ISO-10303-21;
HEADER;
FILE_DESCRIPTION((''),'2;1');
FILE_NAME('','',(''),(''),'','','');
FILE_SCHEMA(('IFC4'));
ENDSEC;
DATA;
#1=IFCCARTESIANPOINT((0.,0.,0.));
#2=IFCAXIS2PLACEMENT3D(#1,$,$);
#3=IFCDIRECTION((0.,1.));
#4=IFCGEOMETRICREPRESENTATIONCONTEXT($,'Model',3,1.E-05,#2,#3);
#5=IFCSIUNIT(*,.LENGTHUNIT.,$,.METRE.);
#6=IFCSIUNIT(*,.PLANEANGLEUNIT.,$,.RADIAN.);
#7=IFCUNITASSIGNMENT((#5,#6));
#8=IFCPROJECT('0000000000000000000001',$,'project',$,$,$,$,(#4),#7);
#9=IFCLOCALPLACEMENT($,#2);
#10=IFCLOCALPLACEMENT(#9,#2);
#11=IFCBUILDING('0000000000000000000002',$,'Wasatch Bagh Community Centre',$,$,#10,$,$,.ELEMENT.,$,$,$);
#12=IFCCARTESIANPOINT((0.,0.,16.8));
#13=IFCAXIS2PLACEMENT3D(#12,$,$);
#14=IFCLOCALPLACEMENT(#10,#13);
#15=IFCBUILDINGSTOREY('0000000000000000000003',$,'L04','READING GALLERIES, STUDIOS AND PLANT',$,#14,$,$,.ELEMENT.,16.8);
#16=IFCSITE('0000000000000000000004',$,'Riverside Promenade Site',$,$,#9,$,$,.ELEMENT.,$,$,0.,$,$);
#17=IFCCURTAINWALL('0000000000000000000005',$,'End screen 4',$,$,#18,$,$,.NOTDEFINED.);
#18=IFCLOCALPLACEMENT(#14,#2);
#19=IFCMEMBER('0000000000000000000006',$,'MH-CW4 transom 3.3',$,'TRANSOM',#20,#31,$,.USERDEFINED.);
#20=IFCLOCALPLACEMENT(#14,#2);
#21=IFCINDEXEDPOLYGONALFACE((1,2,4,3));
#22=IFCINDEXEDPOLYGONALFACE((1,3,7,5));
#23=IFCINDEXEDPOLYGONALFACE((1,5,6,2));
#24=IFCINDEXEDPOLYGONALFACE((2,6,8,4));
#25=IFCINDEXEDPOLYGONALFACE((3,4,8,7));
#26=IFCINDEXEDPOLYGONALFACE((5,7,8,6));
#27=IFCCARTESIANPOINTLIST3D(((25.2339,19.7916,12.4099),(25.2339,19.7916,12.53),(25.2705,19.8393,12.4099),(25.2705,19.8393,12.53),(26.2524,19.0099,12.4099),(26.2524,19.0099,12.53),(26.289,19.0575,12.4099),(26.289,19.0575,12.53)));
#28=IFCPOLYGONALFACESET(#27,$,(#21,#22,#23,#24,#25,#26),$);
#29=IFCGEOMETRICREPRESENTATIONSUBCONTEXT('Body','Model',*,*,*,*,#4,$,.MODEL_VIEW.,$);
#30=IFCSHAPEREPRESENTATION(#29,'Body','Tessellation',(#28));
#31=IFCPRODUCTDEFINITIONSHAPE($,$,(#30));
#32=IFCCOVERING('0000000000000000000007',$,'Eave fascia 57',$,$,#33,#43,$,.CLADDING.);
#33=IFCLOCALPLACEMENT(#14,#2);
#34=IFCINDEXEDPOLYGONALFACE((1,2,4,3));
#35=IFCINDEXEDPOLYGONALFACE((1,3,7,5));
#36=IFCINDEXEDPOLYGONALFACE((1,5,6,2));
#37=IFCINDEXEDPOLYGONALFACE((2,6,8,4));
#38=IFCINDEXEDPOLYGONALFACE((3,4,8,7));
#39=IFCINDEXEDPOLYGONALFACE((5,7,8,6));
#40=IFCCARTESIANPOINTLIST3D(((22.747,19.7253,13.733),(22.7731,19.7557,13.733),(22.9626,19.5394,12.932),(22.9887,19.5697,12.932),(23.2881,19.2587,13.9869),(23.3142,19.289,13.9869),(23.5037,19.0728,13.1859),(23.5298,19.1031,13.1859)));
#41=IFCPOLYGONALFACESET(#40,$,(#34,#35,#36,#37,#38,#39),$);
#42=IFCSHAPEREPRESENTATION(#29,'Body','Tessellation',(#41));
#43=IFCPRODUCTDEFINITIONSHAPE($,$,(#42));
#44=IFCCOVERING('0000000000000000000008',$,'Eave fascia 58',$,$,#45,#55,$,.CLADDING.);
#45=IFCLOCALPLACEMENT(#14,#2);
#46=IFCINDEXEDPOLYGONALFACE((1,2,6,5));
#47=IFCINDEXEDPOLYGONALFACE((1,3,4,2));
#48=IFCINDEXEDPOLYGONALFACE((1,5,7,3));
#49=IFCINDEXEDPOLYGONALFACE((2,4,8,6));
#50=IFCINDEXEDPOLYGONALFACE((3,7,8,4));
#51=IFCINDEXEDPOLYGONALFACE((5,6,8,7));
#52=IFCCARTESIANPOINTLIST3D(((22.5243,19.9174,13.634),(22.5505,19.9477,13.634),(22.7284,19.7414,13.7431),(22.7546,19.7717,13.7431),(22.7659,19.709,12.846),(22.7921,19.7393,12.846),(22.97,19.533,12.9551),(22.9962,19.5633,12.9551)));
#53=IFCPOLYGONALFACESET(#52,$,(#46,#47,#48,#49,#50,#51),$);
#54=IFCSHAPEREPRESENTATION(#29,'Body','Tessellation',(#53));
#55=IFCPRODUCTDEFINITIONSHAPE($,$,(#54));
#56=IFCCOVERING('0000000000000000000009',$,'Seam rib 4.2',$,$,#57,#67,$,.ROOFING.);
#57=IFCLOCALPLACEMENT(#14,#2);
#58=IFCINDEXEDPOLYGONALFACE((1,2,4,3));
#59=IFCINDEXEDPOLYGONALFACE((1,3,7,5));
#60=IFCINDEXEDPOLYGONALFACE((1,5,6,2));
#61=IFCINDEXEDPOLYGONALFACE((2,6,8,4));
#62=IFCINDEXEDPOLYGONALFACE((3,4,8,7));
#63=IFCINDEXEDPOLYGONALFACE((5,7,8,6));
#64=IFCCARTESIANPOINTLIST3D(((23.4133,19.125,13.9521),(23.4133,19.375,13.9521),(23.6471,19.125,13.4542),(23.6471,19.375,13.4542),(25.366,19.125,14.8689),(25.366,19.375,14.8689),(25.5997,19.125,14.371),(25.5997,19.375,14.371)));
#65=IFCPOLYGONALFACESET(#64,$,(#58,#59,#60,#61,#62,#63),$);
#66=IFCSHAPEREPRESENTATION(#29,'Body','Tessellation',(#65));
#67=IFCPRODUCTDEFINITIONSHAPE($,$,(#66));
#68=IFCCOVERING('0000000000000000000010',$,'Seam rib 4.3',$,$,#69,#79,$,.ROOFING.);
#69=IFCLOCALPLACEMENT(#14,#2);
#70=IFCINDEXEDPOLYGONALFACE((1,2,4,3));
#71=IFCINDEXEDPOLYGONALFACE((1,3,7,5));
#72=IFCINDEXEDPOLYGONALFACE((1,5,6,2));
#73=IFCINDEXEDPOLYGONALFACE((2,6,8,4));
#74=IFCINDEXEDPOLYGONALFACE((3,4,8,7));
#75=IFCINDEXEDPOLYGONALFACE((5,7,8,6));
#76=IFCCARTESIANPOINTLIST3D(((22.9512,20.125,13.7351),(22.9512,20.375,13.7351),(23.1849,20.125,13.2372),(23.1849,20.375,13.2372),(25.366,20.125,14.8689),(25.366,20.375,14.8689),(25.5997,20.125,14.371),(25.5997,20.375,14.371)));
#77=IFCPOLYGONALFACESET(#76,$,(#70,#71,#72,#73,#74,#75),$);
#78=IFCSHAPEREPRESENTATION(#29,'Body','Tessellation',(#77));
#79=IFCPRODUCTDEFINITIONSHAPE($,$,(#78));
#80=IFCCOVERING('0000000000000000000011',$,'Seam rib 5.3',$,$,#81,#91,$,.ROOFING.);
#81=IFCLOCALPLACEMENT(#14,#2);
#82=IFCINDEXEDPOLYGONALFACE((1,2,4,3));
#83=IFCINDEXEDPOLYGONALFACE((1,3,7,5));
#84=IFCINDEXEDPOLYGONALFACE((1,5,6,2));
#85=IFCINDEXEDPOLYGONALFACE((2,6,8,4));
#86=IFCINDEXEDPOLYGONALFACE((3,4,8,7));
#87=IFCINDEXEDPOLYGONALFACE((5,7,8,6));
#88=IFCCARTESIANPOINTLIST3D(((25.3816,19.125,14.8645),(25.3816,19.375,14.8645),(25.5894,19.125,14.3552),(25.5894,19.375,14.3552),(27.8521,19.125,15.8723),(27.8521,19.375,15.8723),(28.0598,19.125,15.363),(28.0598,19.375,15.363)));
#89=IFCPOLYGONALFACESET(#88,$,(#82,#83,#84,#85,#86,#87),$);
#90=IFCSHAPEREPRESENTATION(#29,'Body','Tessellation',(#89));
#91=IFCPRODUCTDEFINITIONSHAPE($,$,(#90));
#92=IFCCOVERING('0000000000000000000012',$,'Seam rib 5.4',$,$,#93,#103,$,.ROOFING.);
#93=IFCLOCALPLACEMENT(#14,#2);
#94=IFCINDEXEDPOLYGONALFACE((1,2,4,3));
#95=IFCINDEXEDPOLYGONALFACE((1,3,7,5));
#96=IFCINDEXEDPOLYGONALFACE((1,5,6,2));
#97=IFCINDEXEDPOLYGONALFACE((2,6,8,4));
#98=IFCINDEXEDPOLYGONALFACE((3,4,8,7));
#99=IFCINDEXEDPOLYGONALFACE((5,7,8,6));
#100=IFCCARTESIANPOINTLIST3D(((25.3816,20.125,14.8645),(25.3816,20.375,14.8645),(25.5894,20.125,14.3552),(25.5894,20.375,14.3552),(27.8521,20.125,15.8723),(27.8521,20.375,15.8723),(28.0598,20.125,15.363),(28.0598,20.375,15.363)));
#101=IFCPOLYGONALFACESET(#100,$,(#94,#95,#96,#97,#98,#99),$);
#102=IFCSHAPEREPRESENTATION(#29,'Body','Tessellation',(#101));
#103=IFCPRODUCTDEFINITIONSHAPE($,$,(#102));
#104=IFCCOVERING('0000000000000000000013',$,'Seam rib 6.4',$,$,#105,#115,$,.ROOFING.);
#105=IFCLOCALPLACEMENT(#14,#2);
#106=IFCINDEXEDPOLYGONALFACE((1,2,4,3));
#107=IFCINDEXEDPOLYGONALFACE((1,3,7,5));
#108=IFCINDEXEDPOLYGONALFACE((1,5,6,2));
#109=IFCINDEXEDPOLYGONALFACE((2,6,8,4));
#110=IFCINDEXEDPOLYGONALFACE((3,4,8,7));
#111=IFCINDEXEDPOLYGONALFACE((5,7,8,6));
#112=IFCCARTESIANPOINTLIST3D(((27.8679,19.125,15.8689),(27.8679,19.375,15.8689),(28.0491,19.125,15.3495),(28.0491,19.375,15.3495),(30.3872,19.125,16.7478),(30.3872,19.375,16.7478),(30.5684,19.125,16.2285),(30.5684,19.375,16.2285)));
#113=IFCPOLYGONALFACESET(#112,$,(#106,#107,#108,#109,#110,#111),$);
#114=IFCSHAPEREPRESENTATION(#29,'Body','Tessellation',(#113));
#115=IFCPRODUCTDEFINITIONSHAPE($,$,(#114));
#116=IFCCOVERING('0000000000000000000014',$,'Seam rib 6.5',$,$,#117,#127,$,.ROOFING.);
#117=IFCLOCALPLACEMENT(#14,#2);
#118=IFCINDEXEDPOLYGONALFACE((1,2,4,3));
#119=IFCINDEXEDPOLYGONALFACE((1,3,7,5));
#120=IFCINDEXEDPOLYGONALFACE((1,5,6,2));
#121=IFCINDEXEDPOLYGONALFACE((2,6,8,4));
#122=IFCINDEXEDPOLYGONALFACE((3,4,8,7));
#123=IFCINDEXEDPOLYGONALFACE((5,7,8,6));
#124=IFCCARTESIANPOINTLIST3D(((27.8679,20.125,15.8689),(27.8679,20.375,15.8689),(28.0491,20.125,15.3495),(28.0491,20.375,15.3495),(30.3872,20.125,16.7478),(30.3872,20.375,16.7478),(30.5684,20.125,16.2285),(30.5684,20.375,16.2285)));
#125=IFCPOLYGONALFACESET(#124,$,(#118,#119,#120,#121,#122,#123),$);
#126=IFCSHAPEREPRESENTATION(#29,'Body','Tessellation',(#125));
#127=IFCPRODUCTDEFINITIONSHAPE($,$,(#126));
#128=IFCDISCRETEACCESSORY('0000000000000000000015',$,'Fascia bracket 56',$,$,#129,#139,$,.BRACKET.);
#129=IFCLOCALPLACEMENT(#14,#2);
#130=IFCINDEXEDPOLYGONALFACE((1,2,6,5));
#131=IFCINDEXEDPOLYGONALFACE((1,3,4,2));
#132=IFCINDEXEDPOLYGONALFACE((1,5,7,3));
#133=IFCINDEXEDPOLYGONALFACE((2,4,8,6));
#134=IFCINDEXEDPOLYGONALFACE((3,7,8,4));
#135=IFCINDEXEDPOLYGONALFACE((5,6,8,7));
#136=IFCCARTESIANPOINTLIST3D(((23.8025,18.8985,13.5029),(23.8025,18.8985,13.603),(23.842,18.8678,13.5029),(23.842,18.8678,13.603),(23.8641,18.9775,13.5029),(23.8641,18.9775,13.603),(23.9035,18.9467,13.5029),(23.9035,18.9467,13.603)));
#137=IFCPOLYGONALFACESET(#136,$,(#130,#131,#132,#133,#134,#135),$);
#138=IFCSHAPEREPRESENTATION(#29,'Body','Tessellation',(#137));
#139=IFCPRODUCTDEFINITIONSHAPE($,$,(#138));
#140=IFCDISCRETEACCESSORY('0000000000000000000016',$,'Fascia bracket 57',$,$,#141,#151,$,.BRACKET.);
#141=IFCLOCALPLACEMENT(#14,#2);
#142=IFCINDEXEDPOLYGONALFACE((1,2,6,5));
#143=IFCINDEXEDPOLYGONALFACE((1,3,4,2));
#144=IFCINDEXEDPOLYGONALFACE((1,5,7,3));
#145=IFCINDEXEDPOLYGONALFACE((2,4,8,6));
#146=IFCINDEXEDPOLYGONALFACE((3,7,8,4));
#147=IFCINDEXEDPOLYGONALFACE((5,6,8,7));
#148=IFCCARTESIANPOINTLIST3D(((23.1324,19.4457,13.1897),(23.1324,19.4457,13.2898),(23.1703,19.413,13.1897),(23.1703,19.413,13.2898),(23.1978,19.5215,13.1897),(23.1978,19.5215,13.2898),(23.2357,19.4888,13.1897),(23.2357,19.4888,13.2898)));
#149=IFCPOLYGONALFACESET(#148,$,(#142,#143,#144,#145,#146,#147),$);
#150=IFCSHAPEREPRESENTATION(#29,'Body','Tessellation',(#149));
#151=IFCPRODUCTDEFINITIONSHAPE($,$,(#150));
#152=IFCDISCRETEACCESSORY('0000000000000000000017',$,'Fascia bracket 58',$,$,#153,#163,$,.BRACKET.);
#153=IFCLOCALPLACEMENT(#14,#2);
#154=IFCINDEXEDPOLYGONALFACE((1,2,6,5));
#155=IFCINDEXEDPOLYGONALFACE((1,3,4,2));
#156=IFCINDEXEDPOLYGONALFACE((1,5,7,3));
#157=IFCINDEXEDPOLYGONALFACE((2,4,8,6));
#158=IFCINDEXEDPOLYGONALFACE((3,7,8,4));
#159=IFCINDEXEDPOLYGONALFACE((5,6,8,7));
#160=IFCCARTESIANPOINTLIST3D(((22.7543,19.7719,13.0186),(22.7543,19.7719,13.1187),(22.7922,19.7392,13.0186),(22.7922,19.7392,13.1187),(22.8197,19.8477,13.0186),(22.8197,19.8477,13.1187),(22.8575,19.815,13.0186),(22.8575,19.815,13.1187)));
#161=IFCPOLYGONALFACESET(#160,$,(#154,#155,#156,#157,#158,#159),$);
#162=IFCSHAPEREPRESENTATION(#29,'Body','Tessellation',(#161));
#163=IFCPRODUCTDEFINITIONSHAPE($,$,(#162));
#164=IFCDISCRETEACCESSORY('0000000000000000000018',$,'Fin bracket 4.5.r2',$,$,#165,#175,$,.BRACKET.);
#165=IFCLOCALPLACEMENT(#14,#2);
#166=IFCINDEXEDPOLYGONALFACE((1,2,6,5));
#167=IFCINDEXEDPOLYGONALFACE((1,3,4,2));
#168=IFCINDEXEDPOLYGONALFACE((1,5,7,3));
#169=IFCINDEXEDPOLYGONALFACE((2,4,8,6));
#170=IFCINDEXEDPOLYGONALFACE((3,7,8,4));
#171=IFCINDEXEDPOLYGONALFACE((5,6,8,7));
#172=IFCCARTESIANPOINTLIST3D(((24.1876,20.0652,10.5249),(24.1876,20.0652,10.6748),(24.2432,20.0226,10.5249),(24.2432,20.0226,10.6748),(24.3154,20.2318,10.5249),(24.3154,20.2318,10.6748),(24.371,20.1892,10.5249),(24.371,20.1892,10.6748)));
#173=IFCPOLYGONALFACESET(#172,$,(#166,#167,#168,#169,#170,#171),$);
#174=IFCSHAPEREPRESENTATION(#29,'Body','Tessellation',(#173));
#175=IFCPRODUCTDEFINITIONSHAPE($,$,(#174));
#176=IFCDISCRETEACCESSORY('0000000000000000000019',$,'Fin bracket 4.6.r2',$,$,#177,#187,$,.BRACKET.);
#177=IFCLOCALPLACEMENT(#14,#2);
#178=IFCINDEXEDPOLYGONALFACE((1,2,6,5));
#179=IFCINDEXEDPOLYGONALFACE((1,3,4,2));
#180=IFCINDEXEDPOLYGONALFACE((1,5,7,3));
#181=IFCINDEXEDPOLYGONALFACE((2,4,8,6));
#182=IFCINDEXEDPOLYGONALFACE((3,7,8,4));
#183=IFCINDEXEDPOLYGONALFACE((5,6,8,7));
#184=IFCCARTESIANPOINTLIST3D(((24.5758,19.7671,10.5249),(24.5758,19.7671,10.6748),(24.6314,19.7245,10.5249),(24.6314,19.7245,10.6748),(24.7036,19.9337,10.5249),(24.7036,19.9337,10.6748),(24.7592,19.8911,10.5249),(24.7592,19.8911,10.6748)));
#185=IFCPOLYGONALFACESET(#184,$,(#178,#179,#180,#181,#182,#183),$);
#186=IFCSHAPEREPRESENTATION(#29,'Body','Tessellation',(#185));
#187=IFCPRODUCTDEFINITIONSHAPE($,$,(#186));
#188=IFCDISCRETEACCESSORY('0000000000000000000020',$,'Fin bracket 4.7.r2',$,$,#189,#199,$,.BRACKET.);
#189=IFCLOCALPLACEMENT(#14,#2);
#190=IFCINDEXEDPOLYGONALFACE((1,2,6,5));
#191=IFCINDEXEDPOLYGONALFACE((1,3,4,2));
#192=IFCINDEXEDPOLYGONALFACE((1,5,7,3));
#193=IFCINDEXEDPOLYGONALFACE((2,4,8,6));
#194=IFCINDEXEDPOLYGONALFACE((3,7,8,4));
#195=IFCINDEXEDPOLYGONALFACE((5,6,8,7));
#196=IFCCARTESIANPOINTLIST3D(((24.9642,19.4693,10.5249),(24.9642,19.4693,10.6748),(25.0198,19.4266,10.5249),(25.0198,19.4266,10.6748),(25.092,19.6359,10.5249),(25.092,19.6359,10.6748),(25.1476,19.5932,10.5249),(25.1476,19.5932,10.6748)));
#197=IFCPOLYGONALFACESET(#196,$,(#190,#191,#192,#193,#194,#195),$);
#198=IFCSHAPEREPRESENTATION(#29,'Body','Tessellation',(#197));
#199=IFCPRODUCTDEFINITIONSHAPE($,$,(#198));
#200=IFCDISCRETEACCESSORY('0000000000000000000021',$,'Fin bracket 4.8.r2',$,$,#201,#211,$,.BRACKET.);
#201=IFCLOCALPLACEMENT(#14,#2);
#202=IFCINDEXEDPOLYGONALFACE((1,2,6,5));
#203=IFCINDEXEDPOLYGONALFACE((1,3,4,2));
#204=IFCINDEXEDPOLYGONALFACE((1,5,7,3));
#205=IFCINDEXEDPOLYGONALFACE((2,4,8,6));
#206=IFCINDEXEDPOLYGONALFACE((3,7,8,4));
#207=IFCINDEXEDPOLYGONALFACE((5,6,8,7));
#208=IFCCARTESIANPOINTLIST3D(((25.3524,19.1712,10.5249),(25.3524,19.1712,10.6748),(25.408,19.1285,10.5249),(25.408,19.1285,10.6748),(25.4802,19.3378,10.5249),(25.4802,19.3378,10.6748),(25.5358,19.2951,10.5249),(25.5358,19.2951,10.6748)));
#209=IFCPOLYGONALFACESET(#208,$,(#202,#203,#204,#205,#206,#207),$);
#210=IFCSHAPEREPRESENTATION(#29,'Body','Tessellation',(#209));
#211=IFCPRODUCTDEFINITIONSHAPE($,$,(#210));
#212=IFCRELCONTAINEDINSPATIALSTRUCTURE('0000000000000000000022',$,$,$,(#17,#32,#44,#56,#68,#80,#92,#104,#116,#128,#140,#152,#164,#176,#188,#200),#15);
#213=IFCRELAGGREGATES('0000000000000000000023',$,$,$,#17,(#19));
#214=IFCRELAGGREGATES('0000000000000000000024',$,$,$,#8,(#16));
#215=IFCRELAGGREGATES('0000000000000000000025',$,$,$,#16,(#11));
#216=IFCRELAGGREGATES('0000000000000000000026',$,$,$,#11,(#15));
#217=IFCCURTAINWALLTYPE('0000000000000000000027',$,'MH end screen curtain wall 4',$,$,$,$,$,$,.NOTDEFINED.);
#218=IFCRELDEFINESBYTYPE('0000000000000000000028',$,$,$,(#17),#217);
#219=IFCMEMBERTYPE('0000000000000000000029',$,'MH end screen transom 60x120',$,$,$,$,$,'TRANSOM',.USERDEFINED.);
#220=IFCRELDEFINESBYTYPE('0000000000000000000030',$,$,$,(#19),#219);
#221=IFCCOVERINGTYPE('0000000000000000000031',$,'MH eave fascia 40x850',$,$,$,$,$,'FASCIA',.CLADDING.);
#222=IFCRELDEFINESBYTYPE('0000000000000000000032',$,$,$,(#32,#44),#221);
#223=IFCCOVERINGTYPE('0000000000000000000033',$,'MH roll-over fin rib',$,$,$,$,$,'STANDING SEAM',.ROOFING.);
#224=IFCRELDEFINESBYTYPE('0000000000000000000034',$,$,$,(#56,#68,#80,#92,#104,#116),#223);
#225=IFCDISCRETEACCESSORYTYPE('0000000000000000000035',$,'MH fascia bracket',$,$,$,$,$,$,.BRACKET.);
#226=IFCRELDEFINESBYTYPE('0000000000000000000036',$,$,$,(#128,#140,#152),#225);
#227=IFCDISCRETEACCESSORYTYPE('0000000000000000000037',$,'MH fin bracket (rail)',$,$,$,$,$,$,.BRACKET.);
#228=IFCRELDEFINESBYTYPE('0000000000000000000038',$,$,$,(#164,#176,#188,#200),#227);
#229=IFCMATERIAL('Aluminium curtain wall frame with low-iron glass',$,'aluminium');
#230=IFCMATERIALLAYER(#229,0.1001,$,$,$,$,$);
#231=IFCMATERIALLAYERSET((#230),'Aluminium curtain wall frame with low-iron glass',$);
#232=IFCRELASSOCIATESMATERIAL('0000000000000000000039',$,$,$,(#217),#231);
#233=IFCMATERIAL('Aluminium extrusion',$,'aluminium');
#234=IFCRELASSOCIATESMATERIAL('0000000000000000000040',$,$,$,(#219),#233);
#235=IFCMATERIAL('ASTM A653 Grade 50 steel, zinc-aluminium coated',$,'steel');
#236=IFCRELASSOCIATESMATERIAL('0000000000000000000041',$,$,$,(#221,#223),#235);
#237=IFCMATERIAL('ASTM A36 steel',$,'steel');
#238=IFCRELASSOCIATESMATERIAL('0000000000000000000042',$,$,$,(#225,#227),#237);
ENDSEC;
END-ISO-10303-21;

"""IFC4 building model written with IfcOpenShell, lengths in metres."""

from ifc_helpers import new_model, si_unit, direction, frame, origin, origin_2d, place, context, subcontext, project, spatial, polyline, rectangle, outline, extrude, material, layer, layer_set, material_profile, profile_set, type_object, element, aggregate, save


model = new_model("IFC4")

# Units and contexts
model_context = context("Model", 3, precision=1e-05, world=origin(), true_north=direction((0.0, 1.0)))
body_context = subcontext(model_context, "Body", "Model", "MODEL_VIEW")
ifc_project = project(units=[si_unit("LENGTHUNIT", "METRE"), si_unit("PLANEANGLEUNIT", "RADIAN")], contexts=[model_context])

# Site, building, storey
site_placement = place(None, origin())
site = spatial("IfcSite", under=ifc_project, at=site_placement, Name="Riverside Promenade Site", CompositionType="ELEMENT", RefElevation=0.0)
building_placement = place(site_placement, origin())
building = spatial("IfcBuilding", under=site, at=building_placement, Name="Wasatch Bagh Community Centre", CompositionType="ELEMENT")
storey_placement = place(building_placement, frame((0.0, 0.0, 16.8)))
storey = spatial("IfcBuildingStorey", under=building, at=storey_placement, Name="L04", Description="READING GALLERIES, STUDIOS AND PLANT", CompositionType="ELEMENT", Elevation=16.8)

# Curtain wall, member
ifc_material_1 = material(Name="Aluminium curtain wall frame with low-iron glass", Category="aluminium")
ifc_layer = layer(ifc_material_1, 0.1001)
ifc_layer_set = layer_set([ifc_layer], Name="Aluminium curtain wall frame with low-iron glass")
curtain_wall_type = type_object("IfcCurtainWallType", Name="MH end screen curtain wall 4", PredefinedType="NOTDEFINED", material=ifc_layer_set)
curtain_wall_placement = place(storey_placement, origin())
curtain_wall = element("IfcCurtainWall", 1, at=curtain_wall_placement, inside=storey, type_object=curtain_wall_type, Name="End screen 4", PredefinedType="NOTDEFINED")
ifc_material_2 = material(Name="Aluminium extrusion", Category="aluminium")
ifc_material_profile_1 = material_profile(ifc_material_2, rectangle(XDim=0.0601, YDim=0.1201, at=origin_2d()), Name="AL 60x120")
ifc_profile_set_1 = profile_set([ifc_material_profile_1], Name="Aluminium extrusion")
member_type = type_object("IfcMemberType", Name="MH end screen transom 60x120", ElementType="TRANSOM", PredefinedType="USERDEFINED", material=ifc_profile_set_1)
member_placement = place(storey_placement, frame((25.2522, 19.8154, 12.47), z_axis=(0.793288, -0.608847, 0.0), x_axis=(0.608847, 0.793288, 0.0)))
member = element("IfcMember", 2, at=member_placement, type_object=member_type, Name="MH-CW4 transom 3.3", ObjectType="TRANSOM", PredefinedType="USERDEFINED", context=body_context, shape_type="SweptSolid", body=[
    extrude(rectangle(XDim=0.0601, YDim=0.1201, at=origin_2d()), origin(), (0.0, 0.0, 1.0), 1.2839),
])
aggregate(curtain_wall, [member])

# Coverings
ifc_material_3 = material(Name="ASTM A653 Grade 50 steel, zinc-aluminium coated", Category="steel")
ifc_material_profile_2 = material_profile(ifc_material_3, rectangle(XDim=0.04, YDim=0.8501, at=origin_2d()), Name="FASCIA 40x850")
ifc_profile_set_2 = profile_set([ifc_material_profile_2], Name="ASTM A653 Grade 50 steel, zinc-aluminium coated")
covering_type_1 = type_object("IfcCoveringType", Name="MH eave fascia 40x850", ElementType="FASCIA", PredefinedType="CLADDING", material=ifc_profile_set_2)
covering_1_placement = place(storey_placement, frame((23.4089, 19.1809, 13.5864), z_axis=(-0.713571, 0.615358, -0.334889), x_axis=(-0.653068, -0.757299, 0.0)))
element("IfcCovering", 3, at=covering_1_placement, inside=storey, type_object=covering_type_1, Name="Eave fascia 57", PredefinedType="CLADDING", context=body_context, shape_type="SweptSolid", body=[
    extrude(rectangle(XDim=0.04, YDim=0.8501, at=origin_2d()), origin(), (0.0, 0.0, 1.0), 0.7583),
])
covering_2_placement = place(storey_placement, frame((22.8623, 19.6523, 13.3491), z_axis=(-0.701915, 0.60536, -0.375306), x_axis=(-0.653101, -0.757271, 0.0)))
element("IfcCovering", 4, at=covering_2_placement, inside=storey, type_object=covering_type_1, Name="Eave fascia 58", PredefinedType="CLADDING", context=body_context, shape_type="SweptSolid", body=[
    extrude(rectangle(XDim=0.04, YDim=0.8501, at=origin_2d()), origin(), (0.0, 0.0, 1.0), 0.2908),
])
covering_type_2 = type_object("IfcCoveringType", Name="MH roll-over fin rib", ElementType="STANDING SEAM", PredefinedType="ROOFING", material=ifc_material_3)
covering_3_placement = place(storey_placement, frame((23.4133, 19.125, 13.9521), z_axis=(-0.424985, 0.0, 0.905201), x_axis=(0.905201, 0.0, 0.424985)))
element("IfcCovering", 5, at=covering_3_placement, inside=storey, type_object=covering_type_2, Name="Seam rib 4.2", PredefinedType="ROOFING", context=body_context, shape_type="SweptSolid", body=[
    extrude(outline(polyline([(0.0, 0.0), (2.1571, 0.0), (2.1571, 0.25), (0.0, 0.25), (0.0, 0.0)])), origin(), (0.0, 0.0, -1.0), 0.55),
])
covering_4_placement = place(storey_placement, frame((22.9512, 20.125, 13.7351), z_axis=(-0.425004, 0.0, 0.905192), x_axis=(0.905192, 0.0, 0.425004)))
element("IfcCovering", 6, at=covering_4_placement, inside=storey, type_object=covering_type_2, Name="Seam rib 4.3", PredefinedType="ROOFING", context=body_context, shape_type="SweptSolid", body=[
    extrude(outline(polyline([(0.0, 0.0), (2.6677, 0.0), (2.6677, 0.25), (0.0, 0.25), (0.0, 0.0)])), origin(), (0.0, 0.0, -1.0), 0.55),
])
for number, where, z_axis, x_axis, name in (
    (7, (25.3816, 19.125, 14.8645), (-0.377724, 0.0, 0.925918), (0.925918, 0.0, 0.377724), "Seam rib 5.3"),
    (8, (25.3816, 20.125, 14.8645), (-0.377724, 0.0, 0.925918), (0.925918, 0.0, 0.377724), "Seam rib 5.4"),
):
    element("IfcCovering", number, at=place(storey_placement, frame(where, z_axis=z_axis, x_axis=x_axis)), inside=storey, type_object=covering_type_2, Name=name, PredefinedType="ROOFING", context=body_context, shape_type="SweptSolid", body=[
        extrude(outline(polyline([(0.0, 0.0), (2.6681, 0.0), (2.6681, 0.25), (0.0, 0.25), (0.0, 0.0)])), origin(), (0.0, 0.0, -1.0), 0.55),
    ])
for number, where, z_axis, x_axis, name in (
    (9, (27.8679, 19.125, 15.8689), (-0.329401, 0.0, 0.94419), (0.94419, 0.0, 0.329401), "Seam rib 6.4"),
    (10, (27.8679, 20.125, 15.8689), (-0.329401, 0.0, 0.94419), (0.94419, 0.0, 0.329401), "Seam rib 6.5"),
):
    element("IfcCovering", number, at=place(storey_placement, frame(where, z_axis=z_axis, x_axis=x_axis)), inside=storey, type_object=covering_type_2, Name=name, PredefinedType="ROOFING", context=body_context, shape_type="SweptSolid", body=[
        extrude(outline(polyline([(0.0, 0.0), (2.6682, 0.0), (2.6682, 0.25), (0.0, 0.25), (0.0, 0.0)])), origin(), (0.0, 0.0, -1.0), 0.55),
    ])

# Discrete accessories
ifc_material_4 = material(Name="ASTM A36 steel", Category="steel")
discrete_accessory_type_1 = type_object("IfcDiscreteAccessoryType", Name="MH fascia bracket", PredefinedType="BRACKET", material=ifc_material_4)
for number, where, z_axis, x_axis, name in (
    (11, (23.853, 18.9226, 13.5029), (0.0, 0.0, 1.0), (-0.615232, -0.788346, 0.0), "Fascia bracket 56"),
    (12, (23.1841, 19.4673, 13.1897), (0.0, 0.0, 1.0), (-0.653173, -0.757209, 0.0), "Fascia bracket 57"),
    (13, (22.8059, 19.7935, 13.0186), (0.0, 0.0, 1.0), (-0.653173, -0.757209, 0.0), "Fascia bracket 58"),
):
    element("IfcDiscreteAccessory", number, at=place(storey_placement, frame(where, z_axis=z_axis, x_axis=x_axis)), inside=storey, type_object=discrete_accessory_type_1, Name=name, PredefinedType="BRACKET", context=body_context, shape_type="SweptSolid", body=[
        extrude(rectangle(XDim=0.1001, YDim=0.05, at=origin_2d()), origin(), (0.0, 0.0, 1.0), 0.1001),
    ])
discrete_accessory_type_2 = type_object("IfcDiscreteAccessoryType", Name="MH fin bracket (rail)", PredefinedType="BRACKET", material=ifc_material_4)
for number, where, z_axis, x_axis, name in (
    (14, (24.2793, 20.1272, 10.5249), (0.0, 0.0, 1.0), (0.793353, -0.608761, 0.0), "Fin bracket 4.5.r2"),
    (15, (24.6675, 19.8291, 10.5249), (0.0, 0.0, 1.0), (0.793353, -0.608761, 0.0), "Fin bracket 4.6.r2"),
    (16, (25.0559, 19.5312, 10.5249), (0.0, 0.0, 1.0), (0.793353, -0.608761, 0.0), "Fin bracket 4.7.r2"),
    (17, (25.4441, 19.2332, 10.5249), (0.0, 0.0, 1.0), (0.793353, -0.608761, 0.0), "Fin bracket 4.8.r2"),
):
    element("IfcDiscreteAccessory", number, at=place(storey_placement, frame(where, z_axis=z_axis, x_axis=x_axis)), inside=storey, type_object=discrete_accessory_type_2, Name=name, PredefinedType="BRACKET", context=body_context, shape_type="SweptSolid", body=[
        extrude(rectangle(XDim=0.0701, YDim=0.21, at=origin_2d()), origin(), (0.0, 0.0, 1.0), 0.1499),
    ])

save(model, "model.ifc")
